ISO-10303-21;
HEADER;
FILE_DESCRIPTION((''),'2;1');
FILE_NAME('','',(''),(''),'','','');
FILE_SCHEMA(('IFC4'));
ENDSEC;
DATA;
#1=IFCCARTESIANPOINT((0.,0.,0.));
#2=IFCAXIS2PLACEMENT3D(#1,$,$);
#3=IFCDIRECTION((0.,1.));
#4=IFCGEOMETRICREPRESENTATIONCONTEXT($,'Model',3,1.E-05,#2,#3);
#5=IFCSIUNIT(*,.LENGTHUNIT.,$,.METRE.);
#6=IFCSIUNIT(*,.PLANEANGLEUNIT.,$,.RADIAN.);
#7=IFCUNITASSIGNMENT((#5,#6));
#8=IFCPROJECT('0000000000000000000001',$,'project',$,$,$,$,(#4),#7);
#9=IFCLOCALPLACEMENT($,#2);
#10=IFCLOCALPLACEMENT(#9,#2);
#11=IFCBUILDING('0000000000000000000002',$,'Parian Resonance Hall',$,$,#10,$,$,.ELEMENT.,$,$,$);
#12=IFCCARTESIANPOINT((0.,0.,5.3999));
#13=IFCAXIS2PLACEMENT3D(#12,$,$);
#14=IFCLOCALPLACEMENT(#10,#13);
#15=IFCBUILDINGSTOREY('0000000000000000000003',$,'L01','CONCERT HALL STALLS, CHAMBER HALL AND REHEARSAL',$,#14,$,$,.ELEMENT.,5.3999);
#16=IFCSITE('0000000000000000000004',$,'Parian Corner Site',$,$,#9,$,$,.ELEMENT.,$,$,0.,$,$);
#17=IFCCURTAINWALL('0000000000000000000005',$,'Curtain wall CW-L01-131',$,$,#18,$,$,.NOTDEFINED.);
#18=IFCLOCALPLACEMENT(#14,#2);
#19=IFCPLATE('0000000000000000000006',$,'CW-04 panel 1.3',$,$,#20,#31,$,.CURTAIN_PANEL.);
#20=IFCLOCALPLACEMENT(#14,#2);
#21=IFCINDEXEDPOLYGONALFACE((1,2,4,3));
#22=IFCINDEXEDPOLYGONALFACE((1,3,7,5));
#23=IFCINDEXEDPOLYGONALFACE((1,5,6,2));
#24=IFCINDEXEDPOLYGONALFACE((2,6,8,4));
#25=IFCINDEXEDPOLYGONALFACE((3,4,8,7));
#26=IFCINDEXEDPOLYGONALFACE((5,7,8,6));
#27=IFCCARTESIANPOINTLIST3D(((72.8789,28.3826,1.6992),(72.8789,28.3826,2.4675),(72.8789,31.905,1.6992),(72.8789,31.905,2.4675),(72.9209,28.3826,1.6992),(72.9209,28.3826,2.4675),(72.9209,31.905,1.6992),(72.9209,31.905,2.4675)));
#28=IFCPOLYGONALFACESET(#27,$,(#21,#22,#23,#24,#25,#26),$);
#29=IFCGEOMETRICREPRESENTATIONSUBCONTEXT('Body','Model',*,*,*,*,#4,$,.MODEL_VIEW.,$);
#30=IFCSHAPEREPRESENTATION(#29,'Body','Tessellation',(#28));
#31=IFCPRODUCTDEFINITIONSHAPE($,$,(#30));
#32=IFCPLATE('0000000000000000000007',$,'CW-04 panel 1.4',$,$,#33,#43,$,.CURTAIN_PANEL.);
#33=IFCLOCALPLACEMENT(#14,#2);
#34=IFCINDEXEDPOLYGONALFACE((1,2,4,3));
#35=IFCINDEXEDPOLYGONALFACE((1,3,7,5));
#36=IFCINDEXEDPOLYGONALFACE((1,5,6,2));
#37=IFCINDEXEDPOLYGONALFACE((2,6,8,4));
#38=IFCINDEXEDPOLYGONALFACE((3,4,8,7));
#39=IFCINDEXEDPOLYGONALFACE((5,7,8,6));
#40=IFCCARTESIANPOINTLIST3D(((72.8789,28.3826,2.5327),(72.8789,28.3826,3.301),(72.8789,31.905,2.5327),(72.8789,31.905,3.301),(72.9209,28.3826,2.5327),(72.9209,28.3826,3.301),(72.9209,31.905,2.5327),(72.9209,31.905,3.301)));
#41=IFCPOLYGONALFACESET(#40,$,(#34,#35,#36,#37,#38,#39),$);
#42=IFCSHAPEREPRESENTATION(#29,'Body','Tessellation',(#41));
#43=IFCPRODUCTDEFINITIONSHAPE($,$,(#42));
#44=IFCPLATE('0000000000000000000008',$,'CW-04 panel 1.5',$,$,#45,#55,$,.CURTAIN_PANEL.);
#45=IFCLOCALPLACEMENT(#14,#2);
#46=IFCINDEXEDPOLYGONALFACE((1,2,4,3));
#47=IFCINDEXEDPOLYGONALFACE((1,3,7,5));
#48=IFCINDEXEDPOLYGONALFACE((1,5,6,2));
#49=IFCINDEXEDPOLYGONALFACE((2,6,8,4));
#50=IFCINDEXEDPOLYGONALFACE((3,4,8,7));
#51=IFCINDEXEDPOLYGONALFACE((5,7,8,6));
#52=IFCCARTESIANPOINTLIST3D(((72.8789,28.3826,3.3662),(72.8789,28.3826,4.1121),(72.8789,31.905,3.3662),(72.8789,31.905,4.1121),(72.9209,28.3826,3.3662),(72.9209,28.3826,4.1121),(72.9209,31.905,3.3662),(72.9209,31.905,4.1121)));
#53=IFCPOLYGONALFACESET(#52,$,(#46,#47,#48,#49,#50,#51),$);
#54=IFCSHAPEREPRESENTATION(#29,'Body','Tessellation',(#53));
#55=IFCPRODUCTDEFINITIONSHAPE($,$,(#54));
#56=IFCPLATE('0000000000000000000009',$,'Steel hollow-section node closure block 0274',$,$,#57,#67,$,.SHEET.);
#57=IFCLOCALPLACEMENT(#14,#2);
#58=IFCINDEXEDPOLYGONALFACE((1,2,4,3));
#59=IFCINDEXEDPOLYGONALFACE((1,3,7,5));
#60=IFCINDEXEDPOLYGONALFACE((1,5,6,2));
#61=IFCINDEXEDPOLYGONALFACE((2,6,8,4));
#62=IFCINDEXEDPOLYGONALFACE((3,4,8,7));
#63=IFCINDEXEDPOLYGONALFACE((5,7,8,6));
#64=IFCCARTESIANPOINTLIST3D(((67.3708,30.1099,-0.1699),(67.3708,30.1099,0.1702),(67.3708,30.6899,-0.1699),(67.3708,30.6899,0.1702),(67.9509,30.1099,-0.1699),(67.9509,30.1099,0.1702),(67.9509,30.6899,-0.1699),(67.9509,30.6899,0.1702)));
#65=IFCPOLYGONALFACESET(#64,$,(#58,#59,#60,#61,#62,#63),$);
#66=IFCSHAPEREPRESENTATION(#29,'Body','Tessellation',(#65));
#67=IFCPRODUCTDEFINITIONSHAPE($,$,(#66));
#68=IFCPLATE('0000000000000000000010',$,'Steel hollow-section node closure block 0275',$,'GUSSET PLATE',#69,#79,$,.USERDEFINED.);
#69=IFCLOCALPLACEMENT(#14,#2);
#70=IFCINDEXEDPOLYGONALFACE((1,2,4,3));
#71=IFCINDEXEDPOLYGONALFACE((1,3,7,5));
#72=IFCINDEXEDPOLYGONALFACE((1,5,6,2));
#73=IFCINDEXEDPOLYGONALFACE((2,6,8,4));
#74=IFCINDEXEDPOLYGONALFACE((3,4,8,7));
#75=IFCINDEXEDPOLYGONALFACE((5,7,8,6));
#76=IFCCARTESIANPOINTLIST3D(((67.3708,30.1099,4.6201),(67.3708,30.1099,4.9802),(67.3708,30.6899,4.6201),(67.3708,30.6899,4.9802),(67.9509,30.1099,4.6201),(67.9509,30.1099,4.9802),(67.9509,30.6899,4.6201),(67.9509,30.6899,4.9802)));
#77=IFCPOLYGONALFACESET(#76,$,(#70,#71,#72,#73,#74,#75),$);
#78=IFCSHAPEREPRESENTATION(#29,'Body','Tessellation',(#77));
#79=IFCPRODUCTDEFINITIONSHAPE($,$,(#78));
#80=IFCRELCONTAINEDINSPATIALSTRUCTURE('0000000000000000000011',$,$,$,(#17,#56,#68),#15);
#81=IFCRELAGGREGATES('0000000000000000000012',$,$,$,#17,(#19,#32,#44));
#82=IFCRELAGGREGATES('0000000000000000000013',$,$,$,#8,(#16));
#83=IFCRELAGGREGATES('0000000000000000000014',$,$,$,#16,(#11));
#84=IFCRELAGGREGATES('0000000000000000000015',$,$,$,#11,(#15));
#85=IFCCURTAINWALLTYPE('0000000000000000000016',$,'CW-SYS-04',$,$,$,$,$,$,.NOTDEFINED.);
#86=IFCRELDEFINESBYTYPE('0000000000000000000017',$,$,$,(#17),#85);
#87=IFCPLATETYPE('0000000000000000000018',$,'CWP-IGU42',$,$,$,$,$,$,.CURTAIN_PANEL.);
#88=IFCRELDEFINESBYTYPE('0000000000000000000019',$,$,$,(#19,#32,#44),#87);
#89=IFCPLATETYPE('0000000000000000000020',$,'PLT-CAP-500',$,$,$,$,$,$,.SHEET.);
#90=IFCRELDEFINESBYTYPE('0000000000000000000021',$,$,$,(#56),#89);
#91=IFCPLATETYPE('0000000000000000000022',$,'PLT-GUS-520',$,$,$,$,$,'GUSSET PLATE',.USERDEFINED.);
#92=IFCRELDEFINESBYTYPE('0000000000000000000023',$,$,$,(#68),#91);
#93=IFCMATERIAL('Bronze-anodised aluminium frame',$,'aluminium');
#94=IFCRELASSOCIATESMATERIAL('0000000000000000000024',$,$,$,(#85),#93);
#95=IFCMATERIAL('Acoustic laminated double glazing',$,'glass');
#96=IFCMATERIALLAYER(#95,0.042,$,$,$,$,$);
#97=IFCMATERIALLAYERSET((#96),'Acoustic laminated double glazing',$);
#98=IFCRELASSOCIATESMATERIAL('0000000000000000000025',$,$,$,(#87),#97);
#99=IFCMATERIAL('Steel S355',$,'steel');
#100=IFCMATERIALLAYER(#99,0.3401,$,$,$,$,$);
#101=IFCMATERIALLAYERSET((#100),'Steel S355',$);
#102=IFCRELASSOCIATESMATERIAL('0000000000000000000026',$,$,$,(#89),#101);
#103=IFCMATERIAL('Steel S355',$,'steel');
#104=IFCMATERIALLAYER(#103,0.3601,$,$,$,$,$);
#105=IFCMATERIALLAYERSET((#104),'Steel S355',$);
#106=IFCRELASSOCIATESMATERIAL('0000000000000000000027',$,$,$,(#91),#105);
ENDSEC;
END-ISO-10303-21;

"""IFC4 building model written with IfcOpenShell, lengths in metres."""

from ifc_helpers import new_model, si_unit, direction, frame, origin, origin_2d, place, context, subcontext, project, spatial, rectangle, extrude, material, layer, layer_set, type_object, element, aggregate, save


model = new_model("IFC4")

# Units and contexts
model_context = context("Model", 3, precision=1e-05, world=origin(), true_north=direction((0.0, 1.0)))
body_context = subcontext(model_context, "Body", "Model", "MODEL_VIEW")
ifc_project = project(units=[si_unit("LENGTHUNIT", "METRE"), si_unit("PLANEANGLEUNIT", "RADIAN")], contexts=[model_context])

# Site, building, storey
site_placement = place(None, origin())
site = spatial("IfcSite", under=ifc_project, at=site_placement, Name="Parian Corner Site", CompositionType="ELEMENT", RefElevation=0.0)
building_placement = place(site_placement, origin())
building = spatial("IfcBuilding", under=site, at=building_placement, Name="Parian Resonance Hall", CompositionType="ELEMENT")
storey_placement = place(building_placement, frame((0.0, 0.0, 5.3999)))
storey = spatial("IfcBuildingStorey", under=building, at=storey_placement, Name="L01", Description="CONCERT HALL STALLS, CHAMBER HALL AND REHEARSAL", CompositionType="ELEMENT", Elevation=5.3999)

# Curtain wall, plates
ifc_material_1 = material(Name="Bronze-anodised aluminium frame", Category="aluminium")
curtain_wall_type = type_object("IfcCurtainWallType", Name="CW-SYS-04", PredefinedType="NOTDEFINED", material=ifc_material_1)
curtain_wall_placement = place(storey_placement, origin())
curtain_wall = element("IfcCurtainWall", 1, at=curtain_wall_placement, inside=storey, type_object=curtain_wall_type, Name="Curtain wall CW-L01-131", PredefinedType="NOTDEFINED")
ifc_material_2 = material(Name="Acoustic laminated double glazing", Category="glass")
ifc_layer_1 = layer(ifc_material_2, 0.042)
ifc_layer_set_1 = layer_set([ifc_layer_1], Name="Acoustic laminated double glazing")
plate_type_1 = type_object("IfcPlateType", Name="CWP-IGU42", PredefinedType="CURTAIN_PANEL", material=ifc_layer_set_1)
plate_1_placement = place(storey_placement, frame((72.8999, 30.1438, 1.6992), z_axis=(0.0, 0.0, 1.0), x_axis=(0.0, -1.0, 0.0)))
plate_1 = element("IfcPlate", 2, at=plate_1_placement, type_object=plate_type_1, Name="CW-04 panel 1.3", PredefinedType="CURTAIN_PANEL", context=body_context, shape_type="SweptSolid", body=[
    extrude(rectangle(XDim=3.5225, YDim=0.042, at=origin_2d()), origin(), (0.0, 0.0, 1.0), 0.7683),
])
plate_2_placement = place(storey_placement, frame((72.8999, 30.1438, 2.5327), z_axis=(0.0, 0.0, 1.0), x_axis=(0.0, -1.0, 0.0)))
plate_2 = element("IfcPlate", 3, at=plate_2_placement, type_object=plate_type_1, Name="CW-04 panel 1.4", PredefinedType="CURTAIN_PANEL", context=body_context, shape_type="SweptSolid", body=[
    extrude(rectangle(XDim=3.5225, YDim=0.042, at=origin_2d()), origin(), (0.0, 0.0, 1.0), 0.7683),
])
plate_3_placement = place(storey_placement, frame((72.8999, 30.1438, 3.3662), z_axis=(0.0, 0.0, 1.0), x_axis=(0.0, -1.0, 0.0)))
plate_3 = element("IfcPlate", 4, at=plate_3_placement, type_object=plate_type_1, Name="CW-04 panel 1.5", PredefinedType="CURTAIN_PANEL", context=body_context, shape_type="SweptSolid", body=[
    extrude(rectangle(XDim=3.5225, YDim=0.042, at=origin_2d()), origin(), (0.0, 0.0, 1.0), 0.7458),
])
aggregate(curtain_wall, [plate_1, plate_2, plate_3])

# Plates
ifc_material_3 = material(Name="Steel S355", Category="steel")
ifc_layer_2 = layer(ifc_material_3, 0.3401)
ifc_layer_set_2 = layer_set([ifc_layer_2], Name="Steel S355")
plate_type_2 = type_object("IfcPlateType", Name="PLT-CAP-500", PredefinedType="SHEET", material=ifc_layer_set_2)
plate_4_placement = place(storey_placement, frame((67.6609, 30.3999, -0.1699), z_axis=(0.0, 0.0, 1.0), x_axis=(1.0, 0.0, 0.0)))
element("IfcPlate", 5, at=plate_4_placement, inside=storey, type_object=plate_type_2, Name="Steel hollow-section node closure block 0274", PredefinedType="SHEET", context=body_context, shape_type="SweptSolid", body=[
    extrude(rectangle(XDim=0.5801, YDim=0.5801, at=origin_2d()), origin(), (0.0, 0.0, 1.0), 0.3401),
])
ifc_material_4 = material(Name="Steel S355", Category="steel")
ifc_layer_3 = layer(ifc_material_4, 0.3601)
ifc_layer_set_3 = layer_set([ifc_layer_3], Name="Steel S355")
plate_type_3 = type_object("IfcPlateType", Name="PLT-GUS-520", ElementType="GUSSET PLATE", PredefinedType="USERDEFINED", material=ifc_layer_set_3)
plate_5_placement = place(storey_placement, frame((67.6609, 30.3999, 4.6201), z_axis=(0.0, 0.0, 1.0), x_axis=(1.0, 0.0, 0.0)))
element("IfcPlate", 6, at=plate_5_placement, inside=storey, type_object=plate_type_3, Name="Steel hollow-section node closure block 0275", ObjectType="GUSSET PLATE", PredefinedType="USERDEFINED", context=body_context, shape_type="SweptSolid", body=[
    extrude(rectangle(XDim=0.5801, YDim=0.5801, at=origin_2d()), origin(), (0.0, 0.0, 1.0), 0.3601),
])

save(model, "model.ifc")
